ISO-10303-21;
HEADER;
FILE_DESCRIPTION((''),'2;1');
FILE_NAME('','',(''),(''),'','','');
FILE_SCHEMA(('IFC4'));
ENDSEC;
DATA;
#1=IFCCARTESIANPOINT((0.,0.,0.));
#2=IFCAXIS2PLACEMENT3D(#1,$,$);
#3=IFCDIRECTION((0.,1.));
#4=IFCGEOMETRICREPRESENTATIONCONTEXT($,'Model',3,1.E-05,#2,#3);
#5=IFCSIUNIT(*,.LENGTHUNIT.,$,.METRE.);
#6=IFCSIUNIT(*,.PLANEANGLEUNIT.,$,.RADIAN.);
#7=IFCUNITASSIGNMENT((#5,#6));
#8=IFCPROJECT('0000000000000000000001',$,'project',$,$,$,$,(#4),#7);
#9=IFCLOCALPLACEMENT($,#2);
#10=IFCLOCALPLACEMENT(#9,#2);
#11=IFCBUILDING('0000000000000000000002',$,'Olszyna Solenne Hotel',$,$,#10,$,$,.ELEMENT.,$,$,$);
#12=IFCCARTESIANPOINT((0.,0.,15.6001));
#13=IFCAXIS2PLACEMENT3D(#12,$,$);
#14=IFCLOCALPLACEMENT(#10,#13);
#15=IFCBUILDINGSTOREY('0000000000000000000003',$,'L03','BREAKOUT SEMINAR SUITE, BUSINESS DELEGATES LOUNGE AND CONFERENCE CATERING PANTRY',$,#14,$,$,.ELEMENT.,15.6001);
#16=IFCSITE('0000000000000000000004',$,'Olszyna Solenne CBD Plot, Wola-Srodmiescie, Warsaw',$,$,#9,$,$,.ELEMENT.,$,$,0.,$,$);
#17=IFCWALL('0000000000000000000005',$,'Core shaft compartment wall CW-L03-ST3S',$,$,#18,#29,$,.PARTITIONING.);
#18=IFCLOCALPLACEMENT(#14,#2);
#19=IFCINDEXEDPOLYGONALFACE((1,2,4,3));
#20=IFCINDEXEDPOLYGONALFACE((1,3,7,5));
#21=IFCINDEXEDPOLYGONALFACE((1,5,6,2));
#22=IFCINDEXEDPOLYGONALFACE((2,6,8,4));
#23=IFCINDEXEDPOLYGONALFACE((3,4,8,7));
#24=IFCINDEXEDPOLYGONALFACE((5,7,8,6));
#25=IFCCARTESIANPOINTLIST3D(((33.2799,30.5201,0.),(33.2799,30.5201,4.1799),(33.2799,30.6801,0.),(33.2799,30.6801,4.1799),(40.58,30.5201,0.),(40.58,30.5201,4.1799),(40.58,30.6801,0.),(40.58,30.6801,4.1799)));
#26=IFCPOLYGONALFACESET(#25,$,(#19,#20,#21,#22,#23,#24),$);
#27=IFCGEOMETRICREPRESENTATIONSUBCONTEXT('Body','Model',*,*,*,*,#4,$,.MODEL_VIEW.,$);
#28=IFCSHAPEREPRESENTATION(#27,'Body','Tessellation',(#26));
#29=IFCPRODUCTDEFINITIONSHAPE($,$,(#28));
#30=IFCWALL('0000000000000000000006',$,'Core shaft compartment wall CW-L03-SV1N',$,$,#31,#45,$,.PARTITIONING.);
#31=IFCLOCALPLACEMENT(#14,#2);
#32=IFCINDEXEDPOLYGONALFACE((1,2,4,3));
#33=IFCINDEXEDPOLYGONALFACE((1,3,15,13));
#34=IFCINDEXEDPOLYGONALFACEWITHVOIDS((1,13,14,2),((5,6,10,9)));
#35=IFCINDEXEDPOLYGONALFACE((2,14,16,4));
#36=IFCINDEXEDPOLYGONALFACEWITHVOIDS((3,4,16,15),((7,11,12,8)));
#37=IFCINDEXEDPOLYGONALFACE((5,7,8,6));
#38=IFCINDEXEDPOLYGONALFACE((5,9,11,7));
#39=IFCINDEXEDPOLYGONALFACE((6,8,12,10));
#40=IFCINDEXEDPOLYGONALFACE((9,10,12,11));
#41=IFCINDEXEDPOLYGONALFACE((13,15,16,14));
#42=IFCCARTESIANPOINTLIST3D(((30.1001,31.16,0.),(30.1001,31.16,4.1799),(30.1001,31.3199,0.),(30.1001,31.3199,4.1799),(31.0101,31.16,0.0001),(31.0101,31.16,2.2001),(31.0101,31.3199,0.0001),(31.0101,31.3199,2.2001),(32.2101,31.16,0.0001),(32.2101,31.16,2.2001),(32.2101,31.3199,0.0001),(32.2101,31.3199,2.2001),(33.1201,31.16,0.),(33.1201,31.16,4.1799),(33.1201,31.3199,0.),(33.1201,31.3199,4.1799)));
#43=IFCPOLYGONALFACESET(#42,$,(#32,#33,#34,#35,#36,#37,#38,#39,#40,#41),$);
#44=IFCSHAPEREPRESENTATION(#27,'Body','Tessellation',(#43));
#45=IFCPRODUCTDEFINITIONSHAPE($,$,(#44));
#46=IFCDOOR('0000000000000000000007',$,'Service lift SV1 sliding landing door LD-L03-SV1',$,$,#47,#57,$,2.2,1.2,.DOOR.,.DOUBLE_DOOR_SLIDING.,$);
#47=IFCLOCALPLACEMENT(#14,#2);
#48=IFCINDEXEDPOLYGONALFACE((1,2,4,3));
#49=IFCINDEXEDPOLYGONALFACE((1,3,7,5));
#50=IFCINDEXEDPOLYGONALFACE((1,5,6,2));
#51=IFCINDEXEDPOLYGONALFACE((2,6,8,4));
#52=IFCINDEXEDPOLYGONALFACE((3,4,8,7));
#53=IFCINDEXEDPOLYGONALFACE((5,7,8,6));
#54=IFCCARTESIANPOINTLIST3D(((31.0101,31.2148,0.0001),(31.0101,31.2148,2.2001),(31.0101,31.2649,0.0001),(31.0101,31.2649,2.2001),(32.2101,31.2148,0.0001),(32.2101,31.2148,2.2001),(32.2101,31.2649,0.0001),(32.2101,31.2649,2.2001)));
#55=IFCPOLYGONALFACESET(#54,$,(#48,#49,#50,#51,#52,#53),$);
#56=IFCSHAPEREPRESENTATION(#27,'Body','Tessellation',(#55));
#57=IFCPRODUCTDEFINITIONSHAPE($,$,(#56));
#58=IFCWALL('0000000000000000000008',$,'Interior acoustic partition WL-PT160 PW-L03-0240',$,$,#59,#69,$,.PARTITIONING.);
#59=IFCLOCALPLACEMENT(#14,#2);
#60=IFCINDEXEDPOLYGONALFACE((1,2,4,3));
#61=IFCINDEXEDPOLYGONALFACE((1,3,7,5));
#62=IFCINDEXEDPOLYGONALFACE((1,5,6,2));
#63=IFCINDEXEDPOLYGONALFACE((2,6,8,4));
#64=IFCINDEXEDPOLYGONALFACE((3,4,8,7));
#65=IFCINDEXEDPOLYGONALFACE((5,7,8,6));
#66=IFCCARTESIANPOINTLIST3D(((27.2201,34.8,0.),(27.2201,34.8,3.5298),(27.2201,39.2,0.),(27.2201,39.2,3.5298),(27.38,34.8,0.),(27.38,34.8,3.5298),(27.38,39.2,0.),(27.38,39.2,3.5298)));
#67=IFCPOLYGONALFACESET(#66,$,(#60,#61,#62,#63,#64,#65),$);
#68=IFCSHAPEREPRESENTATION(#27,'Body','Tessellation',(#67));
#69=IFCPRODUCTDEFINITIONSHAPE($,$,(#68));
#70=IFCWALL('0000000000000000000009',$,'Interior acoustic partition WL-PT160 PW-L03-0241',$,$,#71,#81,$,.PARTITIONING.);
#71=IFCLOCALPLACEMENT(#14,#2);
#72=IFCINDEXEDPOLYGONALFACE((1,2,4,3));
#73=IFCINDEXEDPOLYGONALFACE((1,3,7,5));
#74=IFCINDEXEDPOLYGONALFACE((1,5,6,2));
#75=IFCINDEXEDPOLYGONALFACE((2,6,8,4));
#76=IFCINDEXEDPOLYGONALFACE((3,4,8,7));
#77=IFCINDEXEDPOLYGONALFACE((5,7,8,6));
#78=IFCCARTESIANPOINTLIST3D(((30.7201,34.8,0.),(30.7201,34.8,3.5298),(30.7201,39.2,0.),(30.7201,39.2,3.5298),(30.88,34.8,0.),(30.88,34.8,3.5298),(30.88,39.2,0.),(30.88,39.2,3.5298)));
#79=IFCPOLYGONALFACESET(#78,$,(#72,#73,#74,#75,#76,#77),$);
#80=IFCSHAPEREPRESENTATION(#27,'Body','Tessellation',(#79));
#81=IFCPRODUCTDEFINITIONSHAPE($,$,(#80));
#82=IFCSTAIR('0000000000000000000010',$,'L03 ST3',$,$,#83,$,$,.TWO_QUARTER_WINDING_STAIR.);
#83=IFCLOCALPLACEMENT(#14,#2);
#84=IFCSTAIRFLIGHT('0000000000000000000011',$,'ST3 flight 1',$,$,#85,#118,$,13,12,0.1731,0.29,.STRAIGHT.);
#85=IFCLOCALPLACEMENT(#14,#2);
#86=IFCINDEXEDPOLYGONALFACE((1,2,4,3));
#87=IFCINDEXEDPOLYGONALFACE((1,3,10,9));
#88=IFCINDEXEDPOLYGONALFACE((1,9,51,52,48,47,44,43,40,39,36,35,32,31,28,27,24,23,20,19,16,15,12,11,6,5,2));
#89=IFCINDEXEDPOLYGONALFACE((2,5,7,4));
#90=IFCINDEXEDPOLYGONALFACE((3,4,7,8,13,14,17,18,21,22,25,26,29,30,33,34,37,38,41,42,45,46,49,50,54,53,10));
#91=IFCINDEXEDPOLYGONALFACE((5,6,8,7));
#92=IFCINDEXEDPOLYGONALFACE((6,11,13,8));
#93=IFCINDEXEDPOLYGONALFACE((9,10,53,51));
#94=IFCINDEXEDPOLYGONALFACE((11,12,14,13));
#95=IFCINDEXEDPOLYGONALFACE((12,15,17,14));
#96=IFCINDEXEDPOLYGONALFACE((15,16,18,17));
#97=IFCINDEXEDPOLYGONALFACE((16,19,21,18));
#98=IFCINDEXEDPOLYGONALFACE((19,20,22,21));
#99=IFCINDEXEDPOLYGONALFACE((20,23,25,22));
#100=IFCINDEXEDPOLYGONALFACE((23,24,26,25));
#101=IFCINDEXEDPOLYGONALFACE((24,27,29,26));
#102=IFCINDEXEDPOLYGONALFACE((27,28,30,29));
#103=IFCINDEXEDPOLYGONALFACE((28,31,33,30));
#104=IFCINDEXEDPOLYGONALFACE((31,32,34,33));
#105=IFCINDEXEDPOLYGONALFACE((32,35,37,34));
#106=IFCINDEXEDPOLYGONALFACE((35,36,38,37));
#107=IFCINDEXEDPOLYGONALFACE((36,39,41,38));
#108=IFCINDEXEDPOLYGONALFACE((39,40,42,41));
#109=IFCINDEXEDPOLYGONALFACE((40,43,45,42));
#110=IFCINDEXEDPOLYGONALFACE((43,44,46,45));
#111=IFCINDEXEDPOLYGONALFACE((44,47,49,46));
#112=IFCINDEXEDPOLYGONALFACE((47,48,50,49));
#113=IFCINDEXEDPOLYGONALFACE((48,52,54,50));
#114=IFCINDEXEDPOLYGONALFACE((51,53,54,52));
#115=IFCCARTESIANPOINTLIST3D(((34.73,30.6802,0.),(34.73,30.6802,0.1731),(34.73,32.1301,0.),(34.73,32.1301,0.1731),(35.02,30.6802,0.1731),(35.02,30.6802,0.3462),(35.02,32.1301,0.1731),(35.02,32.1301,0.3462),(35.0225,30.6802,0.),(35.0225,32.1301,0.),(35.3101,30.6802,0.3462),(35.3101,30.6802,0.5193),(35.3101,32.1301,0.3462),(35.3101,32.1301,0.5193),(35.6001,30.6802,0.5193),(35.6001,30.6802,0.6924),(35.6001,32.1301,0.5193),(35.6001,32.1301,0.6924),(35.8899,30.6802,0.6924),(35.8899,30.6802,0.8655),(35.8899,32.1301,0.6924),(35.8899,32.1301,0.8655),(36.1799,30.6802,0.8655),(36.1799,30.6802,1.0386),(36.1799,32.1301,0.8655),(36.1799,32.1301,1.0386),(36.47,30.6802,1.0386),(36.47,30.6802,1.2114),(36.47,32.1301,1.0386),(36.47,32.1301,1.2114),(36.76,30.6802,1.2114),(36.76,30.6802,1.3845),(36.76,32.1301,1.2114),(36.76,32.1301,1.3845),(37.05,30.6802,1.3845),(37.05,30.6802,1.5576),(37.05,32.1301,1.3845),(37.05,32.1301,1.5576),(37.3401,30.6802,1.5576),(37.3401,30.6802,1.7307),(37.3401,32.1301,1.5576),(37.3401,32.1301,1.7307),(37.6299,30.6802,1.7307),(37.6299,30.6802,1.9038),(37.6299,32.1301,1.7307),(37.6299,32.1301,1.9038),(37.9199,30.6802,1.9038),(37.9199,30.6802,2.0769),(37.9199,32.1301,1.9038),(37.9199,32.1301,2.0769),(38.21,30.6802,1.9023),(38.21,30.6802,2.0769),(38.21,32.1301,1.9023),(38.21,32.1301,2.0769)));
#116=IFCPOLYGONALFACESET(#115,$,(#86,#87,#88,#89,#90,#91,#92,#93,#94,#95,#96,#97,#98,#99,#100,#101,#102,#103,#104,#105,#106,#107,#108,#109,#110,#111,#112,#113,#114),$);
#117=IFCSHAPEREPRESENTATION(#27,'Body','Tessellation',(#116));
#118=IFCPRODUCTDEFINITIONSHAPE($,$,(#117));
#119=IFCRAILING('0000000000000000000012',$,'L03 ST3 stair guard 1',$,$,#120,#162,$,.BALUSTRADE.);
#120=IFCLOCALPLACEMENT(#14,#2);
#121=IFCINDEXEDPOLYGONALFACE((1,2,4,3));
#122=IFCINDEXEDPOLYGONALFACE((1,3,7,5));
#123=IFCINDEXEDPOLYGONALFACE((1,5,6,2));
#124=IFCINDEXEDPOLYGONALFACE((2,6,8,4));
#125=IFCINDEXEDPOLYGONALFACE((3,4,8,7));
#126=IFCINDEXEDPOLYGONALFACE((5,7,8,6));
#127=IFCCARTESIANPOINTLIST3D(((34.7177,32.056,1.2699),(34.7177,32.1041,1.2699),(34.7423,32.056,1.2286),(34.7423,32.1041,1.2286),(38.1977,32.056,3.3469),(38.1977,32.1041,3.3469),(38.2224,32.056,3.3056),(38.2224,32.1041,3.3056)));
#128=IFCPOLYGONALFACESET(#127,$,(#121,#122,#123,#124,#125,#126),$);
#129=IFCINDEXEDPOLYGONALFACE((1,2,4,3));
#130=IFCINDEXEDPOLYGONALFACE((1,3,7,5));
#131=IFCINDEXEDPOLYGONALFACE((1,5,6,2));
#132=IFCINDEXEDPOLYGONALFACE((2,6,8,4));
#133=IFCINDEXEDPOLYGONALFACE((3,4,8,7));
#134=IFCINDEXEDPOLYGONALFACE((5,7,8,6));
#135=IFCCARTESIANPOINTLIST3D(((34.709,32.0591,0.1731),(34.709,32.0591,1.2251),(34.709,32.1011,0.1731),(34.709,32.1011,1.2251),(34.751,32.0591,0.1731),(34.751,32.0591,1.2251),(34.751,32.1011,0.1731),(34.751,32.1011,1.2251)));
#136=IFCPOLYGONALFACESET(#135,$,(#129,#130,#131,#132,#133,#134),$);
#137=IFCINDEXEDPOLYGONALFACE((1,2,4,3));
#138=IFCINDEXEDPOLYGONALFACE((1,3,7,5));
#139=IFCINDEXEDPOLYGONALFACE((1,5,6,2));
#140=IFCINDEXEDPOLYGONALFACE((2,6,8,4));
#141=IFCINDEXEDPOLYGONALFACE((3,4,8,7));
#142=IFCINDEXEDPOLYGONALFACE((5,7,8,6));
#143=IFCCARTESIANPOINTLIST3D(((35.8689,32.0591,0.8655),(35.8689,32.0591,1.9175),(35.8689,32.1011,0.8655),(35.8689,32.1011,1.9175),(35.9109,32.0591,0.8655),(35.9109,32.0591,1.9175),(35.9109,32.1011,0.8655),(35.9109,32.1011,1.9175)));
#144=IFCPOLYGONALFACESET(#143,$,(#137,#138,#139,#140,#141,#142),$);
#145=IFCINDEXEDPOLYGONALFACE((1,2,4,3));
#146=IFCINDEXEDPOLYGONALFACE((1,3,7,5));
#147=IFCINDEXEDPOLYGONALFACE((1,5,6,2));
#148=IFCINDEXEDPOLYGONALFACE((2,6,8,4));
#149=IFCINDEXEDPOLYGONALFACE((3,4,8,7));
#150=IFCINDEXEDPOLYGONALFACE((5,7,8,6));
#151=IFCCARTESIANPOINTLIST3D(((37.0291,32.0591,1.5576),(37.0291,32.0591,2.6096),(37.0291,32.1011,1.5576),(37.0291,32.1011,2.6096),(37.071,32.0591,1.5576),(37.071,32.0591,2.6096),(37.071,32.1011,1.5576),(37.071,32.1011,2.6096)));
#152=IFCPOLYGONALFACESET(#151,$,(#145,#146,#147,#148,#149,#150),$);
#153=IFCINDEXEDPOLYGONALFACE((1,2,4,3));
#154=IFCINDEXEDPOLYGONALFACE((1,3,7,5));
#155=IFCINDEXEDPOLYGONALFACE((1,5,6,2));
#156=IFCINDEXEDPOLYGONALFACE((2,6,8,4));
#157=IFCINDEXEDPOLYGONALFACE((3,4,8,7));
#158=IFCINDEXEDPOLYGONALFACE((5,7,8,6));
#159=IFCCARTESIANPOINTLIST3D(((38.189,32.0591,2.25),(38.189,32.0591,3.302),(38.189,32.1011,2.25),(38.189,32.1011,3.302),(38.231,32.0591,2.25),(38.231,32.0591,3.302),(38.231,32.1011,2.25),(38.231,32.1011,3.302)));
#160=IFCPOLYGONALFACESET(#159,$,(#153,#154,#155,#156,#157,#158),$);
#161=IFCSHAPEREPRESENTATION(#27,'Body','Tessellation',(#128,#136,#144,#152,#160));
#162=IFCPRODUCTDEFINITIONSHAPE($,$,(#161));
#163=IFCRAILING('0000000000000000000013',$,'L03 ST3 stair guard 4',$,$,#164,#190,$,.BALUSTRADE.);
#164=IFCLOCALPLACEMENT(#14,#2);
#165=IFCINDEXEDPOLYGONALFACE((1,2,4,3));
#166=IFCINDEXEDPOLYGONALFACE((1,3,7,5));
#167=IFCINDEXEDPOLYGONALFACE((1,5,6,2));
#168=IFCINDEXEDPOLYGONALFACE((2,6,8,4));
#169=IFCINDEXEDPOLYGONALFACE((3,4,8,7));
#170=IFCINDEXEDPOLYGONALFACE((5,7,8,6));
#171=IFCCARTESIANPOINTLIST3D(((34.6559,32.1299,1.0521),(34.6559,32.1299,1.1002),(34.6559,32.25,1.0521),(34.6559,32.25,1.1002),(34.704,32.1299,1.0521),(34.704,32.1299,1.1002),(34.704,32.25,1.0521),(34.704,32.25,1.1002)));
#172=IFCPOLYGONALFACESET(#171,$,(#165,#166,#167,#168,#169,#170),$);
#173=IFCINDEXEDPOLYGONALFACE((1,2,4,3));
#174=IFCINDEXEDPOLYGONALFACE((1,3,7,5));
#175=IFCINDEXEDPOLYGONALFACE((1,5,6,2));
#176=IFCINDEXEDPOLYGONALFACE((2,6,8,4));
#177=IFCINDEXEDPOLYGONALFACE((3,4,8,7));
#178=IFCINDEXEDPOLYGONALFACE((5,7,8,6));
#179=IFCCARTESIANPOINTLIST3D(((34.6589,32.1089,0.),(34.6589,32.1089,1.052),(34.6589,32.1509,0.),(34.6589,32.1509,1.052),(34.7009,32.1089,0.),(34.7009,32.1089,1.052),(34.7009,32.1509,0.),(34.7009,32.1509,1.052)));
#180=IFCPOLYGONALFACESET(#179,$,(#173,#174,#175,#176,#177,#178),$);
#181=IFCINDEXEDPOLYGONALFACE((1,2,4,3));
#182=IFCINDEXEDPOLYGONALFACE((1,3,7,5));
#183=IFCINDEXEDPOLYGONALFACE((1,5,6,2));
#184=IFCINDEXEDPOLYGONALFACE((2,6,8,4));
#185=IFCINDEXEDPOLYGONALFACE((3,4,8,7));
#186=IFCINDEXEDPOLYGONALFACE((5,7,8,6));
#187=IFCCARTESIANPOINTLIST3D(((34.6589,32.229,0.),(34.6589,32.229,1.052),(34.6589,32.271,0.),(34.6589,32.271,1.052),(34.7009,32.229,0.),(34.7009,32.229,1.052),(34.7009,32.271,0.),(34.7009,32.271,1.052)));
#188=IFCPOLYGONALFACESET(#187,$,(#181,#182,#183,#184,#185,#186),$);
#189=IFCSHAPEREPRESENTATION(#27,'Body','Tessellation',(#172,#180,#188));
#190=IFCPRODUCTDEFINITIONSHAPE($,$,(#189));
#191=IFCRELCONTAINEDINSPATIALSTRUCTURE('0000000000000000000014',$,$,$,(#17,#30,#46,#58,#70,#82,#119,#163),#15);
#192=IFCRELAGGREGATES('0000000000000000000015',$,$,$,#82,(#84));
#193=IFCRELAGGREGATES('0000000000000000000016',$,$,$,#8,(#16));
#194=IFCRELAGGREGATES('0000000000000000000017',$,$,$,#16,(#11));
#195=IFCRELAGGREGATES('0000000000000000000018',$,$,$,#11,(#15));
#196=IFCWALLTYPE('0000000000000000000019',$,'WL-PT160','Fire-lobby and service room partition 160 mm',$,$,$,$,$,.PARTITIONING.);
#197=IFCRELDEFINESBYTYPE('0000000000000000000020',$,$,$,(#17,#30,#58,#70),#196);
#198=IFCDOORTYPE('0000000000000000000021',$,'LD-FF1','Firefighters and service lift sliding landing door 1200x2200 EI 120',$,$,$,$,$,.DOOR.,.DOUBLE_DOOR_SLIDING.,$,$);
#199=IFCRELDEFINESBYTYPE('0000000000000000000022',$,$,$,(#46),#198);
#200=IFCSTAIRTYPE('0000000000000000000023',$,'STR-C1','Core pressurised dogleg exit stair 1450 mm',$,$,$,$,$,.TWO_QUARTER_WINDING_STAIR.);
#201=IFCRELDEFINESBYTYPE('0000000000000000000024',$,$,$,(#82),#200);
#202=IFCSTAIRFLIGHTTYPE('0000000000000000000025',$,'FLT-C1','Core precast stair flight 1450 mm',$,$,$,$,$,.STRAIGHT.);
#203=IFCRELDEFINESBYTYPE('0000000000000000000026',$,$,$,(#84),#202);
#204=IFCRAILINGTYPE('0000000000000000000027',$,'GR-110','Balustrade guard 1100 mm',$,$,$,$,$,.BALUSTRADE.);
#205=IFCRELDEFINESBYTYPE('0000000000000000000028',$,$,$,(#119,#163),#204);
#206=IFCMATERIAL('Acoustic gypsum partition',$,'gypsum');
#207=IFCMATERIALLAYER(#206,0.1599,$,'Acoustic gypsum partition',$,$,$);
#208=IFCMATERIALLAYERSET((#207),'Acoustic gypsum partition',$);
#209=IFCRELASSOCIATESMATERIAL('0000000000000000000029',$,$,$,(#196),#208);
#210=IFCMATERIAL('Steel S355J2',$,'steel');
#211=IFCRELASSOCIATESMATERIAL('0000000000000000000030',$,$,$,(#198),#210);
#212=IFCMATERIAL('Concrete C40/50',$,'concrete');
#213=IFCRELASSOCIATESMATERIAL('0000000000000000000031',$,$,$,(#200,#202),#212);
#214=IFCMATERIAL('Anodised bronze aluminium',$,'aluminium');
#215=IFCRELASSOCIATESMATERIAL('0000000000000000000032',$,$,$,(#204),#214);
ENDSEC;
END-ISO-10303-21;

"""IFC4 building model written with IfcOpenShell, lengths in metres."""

from ifc_helpers import new_model, si_unit, direction, frame, frame_2d, origin, origin_2d, place, context, subcontext, project, spatial, polyline, rectangle, outline, extrude, source, transform, mapped, material, layer, layer_set, type_object, type_shapes, element, fill, aggregate, save


model = new_model("IFC4")

# Units and contexts
model_context = context("Model", 3, precision=1e-05, world=origin(), true_north=direction((0.0, 1.0)))
body_context = subcontext(model_context, "Body", "Model", "MODEL_VIEW")
ifc_project = project(units=[si_unit("LENGTHUNIT", "METRE"), si_unit("PLANEANGLEUNIT", "RADIAN")], contexts=[model_context])

# Site, building, storey
site_placement = place(None, origin())
site = spatial("IfcSite", under=ifc_project, at=site_placement, Name="Olszyna Solenne CBD Plot, Wola-Srodmiescie, Warsaw", CompositionType="ELEMENT", RefElevation=0.0)
building_placement = place(site_placement, origin())
building = spatial("IfcBuilding", under=site, at=building_placement, Name="Olszyna Solenne Hotel", CompositionType="ELEMENT")
storey_placement = place(building_placement, frame((0.0, 0.0, 15.6001)))
storey = spatial("IfcBuildingStorey", under=building, at=storey_placement, Name="L03", Description="BREAKOUT SEMINAR SUITE, BUSINESS DELEGATES LOUNGE AND CONFERENCE CATERING PANTRY", CompositionType="ELEMENT", Elevation=15.6001)

# Shared definitions
ifc_material_1 = material(Name="Steel S355J2", Category="steel")

# Shared definitions
ifc_material_2 = material(Name="Anodised bronze aluminium", Category="aluminium")

# Wall
ifc_material_3 = material(Name="Acoustic gypsum partition", Category="gypsum")
ifc_layer_1 = layer(ifc_material_3, 0.1599, Name="Acoustic gypsum partition")
ifc_layer_set_1 = layer_set([ifc_layer_1], Name="Acoustic gypsum partition")
wall_type_1 = type_object("IfcWallType", Name="WL-PT160", Description="Fire-lobby and service room partition 160 mm", PredefinedType="PARTITIONING", material=ifc_layer_set_1)
wall_1_placement = place(storey_placement, frame((33.28, 30.6001, 0.0), z_axis=(0.0, 0.0, 1.0), x_axis=(1.0, 0.0, 0.0)))
element("IfcWall", 1, at=wall_1_placement, inside=storey, type_object=wall_type_1, Name="Core shaft compartment wall CW-L03-ST3S", PredefinedType="PARTITIONING", context=body_context, shape_type="SweptSolid", body=[
    extrude(rectangle(XDim=7.3, YDim=0.1599, at=frame_2d((3.6499, 0.0))), origin(), (0.0, 0.0, 1.0), 4.1799),
])

# Wall, opening, door
wall_2_placement = place(storey_placement, frame((30.1001, 31.24, 0.0), z_axis=(0.0, 0.0, 1.0), x_axis=(1.0, 0.0, 0.0)))
wall_2 = element("IfcWall", 2, at=wall_2_placement, inside=storey, type_object=wall_type_1, Name="Core shaft compartment wall CW-L03-SV1N", PredefinedType="PARTITIONING", context=body_context, shape_type="SweptSolid", body=[
    extrude(rectangle(XDim=3.02, YDim=0.1599, at=frame_2d((1.51, 0.0))), origin(), (0.0, 0.0, 1.0), 4.1799),
])
opening_1_placement = place(wall_2_placement, frame((0.9099, 0.0, 0.0)))
opening_1 = element("IfcOpeningElement", 3, at=opening_1_placement, cuts=wall_2, PredefinedType="OPENING", context=body_context, shape_type="SweptSolid", body=[
    extrude(rectangle(XDim=1.2, YDim=2.2, at=frame_2d((0.6001, 1.1001))), frame((0.0, 0.0898, 0.0), z_axis=(0.0, -1.0, 0.0), x_axis=(1.0, 0.0, 0.0)), (0.0, 0.0, 1.0), 0.1799),
])
door_type_1 = type_object("IfcDoorType", Name="LD-FF1", Description="Firefighters and service lift sliding landing door 1200x2200 EI 120", OperationType="DOUBLE_DOOR_SLIDING", PredefinedType="DOOR", material=ifc_material_1)
shared_shape_1 = source(origin(), body_context, "Body", "SweptSolid", [
    extrude(rectangle(XDim=1.2, YDim=2.2, at=frame_2d((0.6001, 1.1001))), frame((0.0, 0.0249, 0.0), z_axis=(0.0, -1.0, 0.0), x_axis=(1.0, 0.0, 0.0)), (0.0, 0.0, 1.0), 0.05),
])
type_shapes(door_type_1, [shared_shape_1])
door_1_placement = place(opening_1_placement, origin())
door_1 = element("IfcDoor", 4, at=door_1_placement, inside=storey, type_object=door_type_1, Name="Service lift SV1 sliding landing door LD-L03-SV1", OperationType="DOUBLE_DOOR_SLIDING", OverallHeight=2.2, OverallWidth=1.2, PredefinedType="DOOR", context=body_context, shape_type="MappedRepresentation", body=[
    mapped(shared_shape_1, transform((0.0, 0.0, 0.0), x_axis=(1.0, 0.0, 0.0), y_axis=(0.0, 1.0, 0.0), z_axis=(0.0, 0.0, 1.0), scale=1.0)),
])
fill(opening_1, door_1)

# Walls
for number, where, z_axis, x_axis, name in (
    (5, (27.3, 34.8, 0.0), (0.0, 0.0, 1.0), (0.0, 1.0, 0.0), "Interior acoustic partition WL-PT160 PW-L03-0240"),
    (6, (30.8, 34.8, 0.0), (0.0, 0.0, 1.0), (0.0, 1.0, 0.0), "Interior acoustic partition WL-PT160 PW-L03-0241"),
):
    element("IfcWall", number, at=place(storey_placement, frame(where, z_axis=z_axis, x_axis=x_axis)), inside=storey, type_object=wall_type_1, Name=name, PredefinedType="PARTITIONING", context=body_context, shape_type="SweptSolid", body=[
        extrude(rectangle(XDim=4.3999, YDim=0.1599, at=frame_2d((2.2, 0.0))), origin(), (0.0, 0.0, 1.0), 3.5298),
    ])

# Stair, stair flight
ifc_material_4 = material(Name="Concrete C40/50", Category="concrete")
stair_type = type_object("IfcStairType", Name="STR-C1", Description="Core pressurised dogleg exit stair 1450 mm", PredefinedType="TWO_QUARTER_WINDING_STAIR", material=ifc_material_4)
stair_placement = place(storey_placement, origin())
stair = element("IfcStair", 7, at=stair_placement, inside=storey, type_object=stair_type, Name="L03 ST3", PredefinedType="TWO_QUARTER_WINDING_STAIR")
stair_flight_type = type_object("IfcStairFlightType", Name="FLT-C1", Description="Core precast stair flight 1450 mm", PredefinedType="STRAIGHT", material=ifc_material_4)
stair_flight_placement = place(storey_placement, frame((34.73, 31.405, 0.0), z_axis=(0.0, 0.0, 1.0), x_axis=(1.0, 0.0, 0.0)))
stair_flight = element("IfcStairFlight", 8, at=stair_flight_placement, type_object=stair_flight_type, Name="ST3 flight 1", NumberOfRisers=13, NumberOfTreads=12, PredefinedType="STRAIGHT", RiserHeight=0.1731, TreadLength=0.29, context=body_context, shape_type="SweptSolid", body=[
    extrude(outline(polyline([(0.0, 0.0), (0.0, 0.1731), (0.29, 0.1731), (0.29, 0.3462), (0.5801, 0.3462), (0.5801, 0.5193), (0.8701, 0.5193), (0.8701, 0.6924), (1.1599, 0.6924), (1.1599, 0.8655), (1.45, 0.8655), (1.45, 1.0386), (1.74, 1.0386), (1.74, 1.2114), (2.03, 1.2114), (2.03, 1.3845), (2.3201, 1.3845), (2.3201, 1.5576), (2.6101, 1.5576), (2.6101, 1.7307), (2.8999, 1.7307), (2.8999, 1.9038), (3.1899, 1.9038), (3.1899, 2.0769), (3.48, 2.0769), (3.48, 2.25), (3.48, 1.9023), (0.2925, 0.0), (0.0, 0.0)])), frame((0.0, 0.7251, 0.0), z_axis=(0.0, -1.0, 0.0), x_axis=(1.0, 0.0, 0.0)), (0.0, 0.0, 1.0), 1.45),
])
aggregate(stair, [stair_flight])

# Railings
railing_type_1 = type_object("IfcRailingType", Name="GR-110", Description="Balustrade guard 1100 mm", PredefinedType="BALUSTRADE", material=ifc_material_2)
railing_1_placement = place(storey_placement, frame((34.73, 32.0801, 0.1731)))
element("IfcRailing", 9, at=railing_1_placement, inside=storey, type_object=railing_type_1, Name="L03 ST3 stair guard 1", PredefinedType="BALUSTRADE", context=body_context, shape_type="SweptSolid", body=[
    extrude(rectangle(XDim=0.0481, YDim=0.0481, at=origin_2d()), frame((0.0, 0.0, 1.0762), z_axis=(0.858697, 0.0, 0.512483), x_axis=(0.0, 1.0, 0.0)), (0.0, 0.0, 1.0), 4.0527),
    extrude(rectangle(XDim=0.042, YDim=0.042, at=origin_2d()), origin(), (0.0, 0.0, 1.0), 1.052),
    extrude(rectangle(XDim=0.042, YDim=0.042, at=origin_2d()), frame((1.1599, 0.0, 0.6924)), (0.0, 0.0, 1.0), 1.052),
    extrude(rectangle(XDim=0.042, YDim=0.042, at=origin_2d()), frame((2.3201, 0.0, 1.3845)), (0.0, 0.0, 1.0), 1.052),
    extrude(rectangle(XDim=0.042, YDim=0.042, at=origin_2d()), frame((3.48, 0.0, 2.0769)), (0.0, 0.0, 1.0), 1.052),
])
railing_2_placement = place(storey_placement, frame((34.6799, 32.1299, 0.0)))
element("IfcRailing", 10, at=railing_2_placement, inside=storey, type_object=railing_type_1, Name="L03 ST3 stair guard 4", PredefinedType="BALUSTRADE", context=body_context, shape_type="SweptSolid", body=[
    extrude(rectangle(XDim=0.0481, YDim=0.0481, at=origin_2d()), frame((0.0, 0.0, 1.0762), z_axis=(0.0, 1.0, 0.0), x_axis=(-1.0, 0.0, 0.0)), (0.0, 0.0, 1.0), 0.1201),
    extrude(rectangle(XDim=0.042, YDim=0.042, at=origin_2d()), origin(), (0.0, 0.0, 1.0), 1.052),
    extrude(rectangle(XDim=0.042, YDim=0.042, at=origin_2d()), frame((0.0, 0.1201, 0.0)), (0.0, 0.0, 1.0), 1.052),
])

save(model, "model.ifc")
